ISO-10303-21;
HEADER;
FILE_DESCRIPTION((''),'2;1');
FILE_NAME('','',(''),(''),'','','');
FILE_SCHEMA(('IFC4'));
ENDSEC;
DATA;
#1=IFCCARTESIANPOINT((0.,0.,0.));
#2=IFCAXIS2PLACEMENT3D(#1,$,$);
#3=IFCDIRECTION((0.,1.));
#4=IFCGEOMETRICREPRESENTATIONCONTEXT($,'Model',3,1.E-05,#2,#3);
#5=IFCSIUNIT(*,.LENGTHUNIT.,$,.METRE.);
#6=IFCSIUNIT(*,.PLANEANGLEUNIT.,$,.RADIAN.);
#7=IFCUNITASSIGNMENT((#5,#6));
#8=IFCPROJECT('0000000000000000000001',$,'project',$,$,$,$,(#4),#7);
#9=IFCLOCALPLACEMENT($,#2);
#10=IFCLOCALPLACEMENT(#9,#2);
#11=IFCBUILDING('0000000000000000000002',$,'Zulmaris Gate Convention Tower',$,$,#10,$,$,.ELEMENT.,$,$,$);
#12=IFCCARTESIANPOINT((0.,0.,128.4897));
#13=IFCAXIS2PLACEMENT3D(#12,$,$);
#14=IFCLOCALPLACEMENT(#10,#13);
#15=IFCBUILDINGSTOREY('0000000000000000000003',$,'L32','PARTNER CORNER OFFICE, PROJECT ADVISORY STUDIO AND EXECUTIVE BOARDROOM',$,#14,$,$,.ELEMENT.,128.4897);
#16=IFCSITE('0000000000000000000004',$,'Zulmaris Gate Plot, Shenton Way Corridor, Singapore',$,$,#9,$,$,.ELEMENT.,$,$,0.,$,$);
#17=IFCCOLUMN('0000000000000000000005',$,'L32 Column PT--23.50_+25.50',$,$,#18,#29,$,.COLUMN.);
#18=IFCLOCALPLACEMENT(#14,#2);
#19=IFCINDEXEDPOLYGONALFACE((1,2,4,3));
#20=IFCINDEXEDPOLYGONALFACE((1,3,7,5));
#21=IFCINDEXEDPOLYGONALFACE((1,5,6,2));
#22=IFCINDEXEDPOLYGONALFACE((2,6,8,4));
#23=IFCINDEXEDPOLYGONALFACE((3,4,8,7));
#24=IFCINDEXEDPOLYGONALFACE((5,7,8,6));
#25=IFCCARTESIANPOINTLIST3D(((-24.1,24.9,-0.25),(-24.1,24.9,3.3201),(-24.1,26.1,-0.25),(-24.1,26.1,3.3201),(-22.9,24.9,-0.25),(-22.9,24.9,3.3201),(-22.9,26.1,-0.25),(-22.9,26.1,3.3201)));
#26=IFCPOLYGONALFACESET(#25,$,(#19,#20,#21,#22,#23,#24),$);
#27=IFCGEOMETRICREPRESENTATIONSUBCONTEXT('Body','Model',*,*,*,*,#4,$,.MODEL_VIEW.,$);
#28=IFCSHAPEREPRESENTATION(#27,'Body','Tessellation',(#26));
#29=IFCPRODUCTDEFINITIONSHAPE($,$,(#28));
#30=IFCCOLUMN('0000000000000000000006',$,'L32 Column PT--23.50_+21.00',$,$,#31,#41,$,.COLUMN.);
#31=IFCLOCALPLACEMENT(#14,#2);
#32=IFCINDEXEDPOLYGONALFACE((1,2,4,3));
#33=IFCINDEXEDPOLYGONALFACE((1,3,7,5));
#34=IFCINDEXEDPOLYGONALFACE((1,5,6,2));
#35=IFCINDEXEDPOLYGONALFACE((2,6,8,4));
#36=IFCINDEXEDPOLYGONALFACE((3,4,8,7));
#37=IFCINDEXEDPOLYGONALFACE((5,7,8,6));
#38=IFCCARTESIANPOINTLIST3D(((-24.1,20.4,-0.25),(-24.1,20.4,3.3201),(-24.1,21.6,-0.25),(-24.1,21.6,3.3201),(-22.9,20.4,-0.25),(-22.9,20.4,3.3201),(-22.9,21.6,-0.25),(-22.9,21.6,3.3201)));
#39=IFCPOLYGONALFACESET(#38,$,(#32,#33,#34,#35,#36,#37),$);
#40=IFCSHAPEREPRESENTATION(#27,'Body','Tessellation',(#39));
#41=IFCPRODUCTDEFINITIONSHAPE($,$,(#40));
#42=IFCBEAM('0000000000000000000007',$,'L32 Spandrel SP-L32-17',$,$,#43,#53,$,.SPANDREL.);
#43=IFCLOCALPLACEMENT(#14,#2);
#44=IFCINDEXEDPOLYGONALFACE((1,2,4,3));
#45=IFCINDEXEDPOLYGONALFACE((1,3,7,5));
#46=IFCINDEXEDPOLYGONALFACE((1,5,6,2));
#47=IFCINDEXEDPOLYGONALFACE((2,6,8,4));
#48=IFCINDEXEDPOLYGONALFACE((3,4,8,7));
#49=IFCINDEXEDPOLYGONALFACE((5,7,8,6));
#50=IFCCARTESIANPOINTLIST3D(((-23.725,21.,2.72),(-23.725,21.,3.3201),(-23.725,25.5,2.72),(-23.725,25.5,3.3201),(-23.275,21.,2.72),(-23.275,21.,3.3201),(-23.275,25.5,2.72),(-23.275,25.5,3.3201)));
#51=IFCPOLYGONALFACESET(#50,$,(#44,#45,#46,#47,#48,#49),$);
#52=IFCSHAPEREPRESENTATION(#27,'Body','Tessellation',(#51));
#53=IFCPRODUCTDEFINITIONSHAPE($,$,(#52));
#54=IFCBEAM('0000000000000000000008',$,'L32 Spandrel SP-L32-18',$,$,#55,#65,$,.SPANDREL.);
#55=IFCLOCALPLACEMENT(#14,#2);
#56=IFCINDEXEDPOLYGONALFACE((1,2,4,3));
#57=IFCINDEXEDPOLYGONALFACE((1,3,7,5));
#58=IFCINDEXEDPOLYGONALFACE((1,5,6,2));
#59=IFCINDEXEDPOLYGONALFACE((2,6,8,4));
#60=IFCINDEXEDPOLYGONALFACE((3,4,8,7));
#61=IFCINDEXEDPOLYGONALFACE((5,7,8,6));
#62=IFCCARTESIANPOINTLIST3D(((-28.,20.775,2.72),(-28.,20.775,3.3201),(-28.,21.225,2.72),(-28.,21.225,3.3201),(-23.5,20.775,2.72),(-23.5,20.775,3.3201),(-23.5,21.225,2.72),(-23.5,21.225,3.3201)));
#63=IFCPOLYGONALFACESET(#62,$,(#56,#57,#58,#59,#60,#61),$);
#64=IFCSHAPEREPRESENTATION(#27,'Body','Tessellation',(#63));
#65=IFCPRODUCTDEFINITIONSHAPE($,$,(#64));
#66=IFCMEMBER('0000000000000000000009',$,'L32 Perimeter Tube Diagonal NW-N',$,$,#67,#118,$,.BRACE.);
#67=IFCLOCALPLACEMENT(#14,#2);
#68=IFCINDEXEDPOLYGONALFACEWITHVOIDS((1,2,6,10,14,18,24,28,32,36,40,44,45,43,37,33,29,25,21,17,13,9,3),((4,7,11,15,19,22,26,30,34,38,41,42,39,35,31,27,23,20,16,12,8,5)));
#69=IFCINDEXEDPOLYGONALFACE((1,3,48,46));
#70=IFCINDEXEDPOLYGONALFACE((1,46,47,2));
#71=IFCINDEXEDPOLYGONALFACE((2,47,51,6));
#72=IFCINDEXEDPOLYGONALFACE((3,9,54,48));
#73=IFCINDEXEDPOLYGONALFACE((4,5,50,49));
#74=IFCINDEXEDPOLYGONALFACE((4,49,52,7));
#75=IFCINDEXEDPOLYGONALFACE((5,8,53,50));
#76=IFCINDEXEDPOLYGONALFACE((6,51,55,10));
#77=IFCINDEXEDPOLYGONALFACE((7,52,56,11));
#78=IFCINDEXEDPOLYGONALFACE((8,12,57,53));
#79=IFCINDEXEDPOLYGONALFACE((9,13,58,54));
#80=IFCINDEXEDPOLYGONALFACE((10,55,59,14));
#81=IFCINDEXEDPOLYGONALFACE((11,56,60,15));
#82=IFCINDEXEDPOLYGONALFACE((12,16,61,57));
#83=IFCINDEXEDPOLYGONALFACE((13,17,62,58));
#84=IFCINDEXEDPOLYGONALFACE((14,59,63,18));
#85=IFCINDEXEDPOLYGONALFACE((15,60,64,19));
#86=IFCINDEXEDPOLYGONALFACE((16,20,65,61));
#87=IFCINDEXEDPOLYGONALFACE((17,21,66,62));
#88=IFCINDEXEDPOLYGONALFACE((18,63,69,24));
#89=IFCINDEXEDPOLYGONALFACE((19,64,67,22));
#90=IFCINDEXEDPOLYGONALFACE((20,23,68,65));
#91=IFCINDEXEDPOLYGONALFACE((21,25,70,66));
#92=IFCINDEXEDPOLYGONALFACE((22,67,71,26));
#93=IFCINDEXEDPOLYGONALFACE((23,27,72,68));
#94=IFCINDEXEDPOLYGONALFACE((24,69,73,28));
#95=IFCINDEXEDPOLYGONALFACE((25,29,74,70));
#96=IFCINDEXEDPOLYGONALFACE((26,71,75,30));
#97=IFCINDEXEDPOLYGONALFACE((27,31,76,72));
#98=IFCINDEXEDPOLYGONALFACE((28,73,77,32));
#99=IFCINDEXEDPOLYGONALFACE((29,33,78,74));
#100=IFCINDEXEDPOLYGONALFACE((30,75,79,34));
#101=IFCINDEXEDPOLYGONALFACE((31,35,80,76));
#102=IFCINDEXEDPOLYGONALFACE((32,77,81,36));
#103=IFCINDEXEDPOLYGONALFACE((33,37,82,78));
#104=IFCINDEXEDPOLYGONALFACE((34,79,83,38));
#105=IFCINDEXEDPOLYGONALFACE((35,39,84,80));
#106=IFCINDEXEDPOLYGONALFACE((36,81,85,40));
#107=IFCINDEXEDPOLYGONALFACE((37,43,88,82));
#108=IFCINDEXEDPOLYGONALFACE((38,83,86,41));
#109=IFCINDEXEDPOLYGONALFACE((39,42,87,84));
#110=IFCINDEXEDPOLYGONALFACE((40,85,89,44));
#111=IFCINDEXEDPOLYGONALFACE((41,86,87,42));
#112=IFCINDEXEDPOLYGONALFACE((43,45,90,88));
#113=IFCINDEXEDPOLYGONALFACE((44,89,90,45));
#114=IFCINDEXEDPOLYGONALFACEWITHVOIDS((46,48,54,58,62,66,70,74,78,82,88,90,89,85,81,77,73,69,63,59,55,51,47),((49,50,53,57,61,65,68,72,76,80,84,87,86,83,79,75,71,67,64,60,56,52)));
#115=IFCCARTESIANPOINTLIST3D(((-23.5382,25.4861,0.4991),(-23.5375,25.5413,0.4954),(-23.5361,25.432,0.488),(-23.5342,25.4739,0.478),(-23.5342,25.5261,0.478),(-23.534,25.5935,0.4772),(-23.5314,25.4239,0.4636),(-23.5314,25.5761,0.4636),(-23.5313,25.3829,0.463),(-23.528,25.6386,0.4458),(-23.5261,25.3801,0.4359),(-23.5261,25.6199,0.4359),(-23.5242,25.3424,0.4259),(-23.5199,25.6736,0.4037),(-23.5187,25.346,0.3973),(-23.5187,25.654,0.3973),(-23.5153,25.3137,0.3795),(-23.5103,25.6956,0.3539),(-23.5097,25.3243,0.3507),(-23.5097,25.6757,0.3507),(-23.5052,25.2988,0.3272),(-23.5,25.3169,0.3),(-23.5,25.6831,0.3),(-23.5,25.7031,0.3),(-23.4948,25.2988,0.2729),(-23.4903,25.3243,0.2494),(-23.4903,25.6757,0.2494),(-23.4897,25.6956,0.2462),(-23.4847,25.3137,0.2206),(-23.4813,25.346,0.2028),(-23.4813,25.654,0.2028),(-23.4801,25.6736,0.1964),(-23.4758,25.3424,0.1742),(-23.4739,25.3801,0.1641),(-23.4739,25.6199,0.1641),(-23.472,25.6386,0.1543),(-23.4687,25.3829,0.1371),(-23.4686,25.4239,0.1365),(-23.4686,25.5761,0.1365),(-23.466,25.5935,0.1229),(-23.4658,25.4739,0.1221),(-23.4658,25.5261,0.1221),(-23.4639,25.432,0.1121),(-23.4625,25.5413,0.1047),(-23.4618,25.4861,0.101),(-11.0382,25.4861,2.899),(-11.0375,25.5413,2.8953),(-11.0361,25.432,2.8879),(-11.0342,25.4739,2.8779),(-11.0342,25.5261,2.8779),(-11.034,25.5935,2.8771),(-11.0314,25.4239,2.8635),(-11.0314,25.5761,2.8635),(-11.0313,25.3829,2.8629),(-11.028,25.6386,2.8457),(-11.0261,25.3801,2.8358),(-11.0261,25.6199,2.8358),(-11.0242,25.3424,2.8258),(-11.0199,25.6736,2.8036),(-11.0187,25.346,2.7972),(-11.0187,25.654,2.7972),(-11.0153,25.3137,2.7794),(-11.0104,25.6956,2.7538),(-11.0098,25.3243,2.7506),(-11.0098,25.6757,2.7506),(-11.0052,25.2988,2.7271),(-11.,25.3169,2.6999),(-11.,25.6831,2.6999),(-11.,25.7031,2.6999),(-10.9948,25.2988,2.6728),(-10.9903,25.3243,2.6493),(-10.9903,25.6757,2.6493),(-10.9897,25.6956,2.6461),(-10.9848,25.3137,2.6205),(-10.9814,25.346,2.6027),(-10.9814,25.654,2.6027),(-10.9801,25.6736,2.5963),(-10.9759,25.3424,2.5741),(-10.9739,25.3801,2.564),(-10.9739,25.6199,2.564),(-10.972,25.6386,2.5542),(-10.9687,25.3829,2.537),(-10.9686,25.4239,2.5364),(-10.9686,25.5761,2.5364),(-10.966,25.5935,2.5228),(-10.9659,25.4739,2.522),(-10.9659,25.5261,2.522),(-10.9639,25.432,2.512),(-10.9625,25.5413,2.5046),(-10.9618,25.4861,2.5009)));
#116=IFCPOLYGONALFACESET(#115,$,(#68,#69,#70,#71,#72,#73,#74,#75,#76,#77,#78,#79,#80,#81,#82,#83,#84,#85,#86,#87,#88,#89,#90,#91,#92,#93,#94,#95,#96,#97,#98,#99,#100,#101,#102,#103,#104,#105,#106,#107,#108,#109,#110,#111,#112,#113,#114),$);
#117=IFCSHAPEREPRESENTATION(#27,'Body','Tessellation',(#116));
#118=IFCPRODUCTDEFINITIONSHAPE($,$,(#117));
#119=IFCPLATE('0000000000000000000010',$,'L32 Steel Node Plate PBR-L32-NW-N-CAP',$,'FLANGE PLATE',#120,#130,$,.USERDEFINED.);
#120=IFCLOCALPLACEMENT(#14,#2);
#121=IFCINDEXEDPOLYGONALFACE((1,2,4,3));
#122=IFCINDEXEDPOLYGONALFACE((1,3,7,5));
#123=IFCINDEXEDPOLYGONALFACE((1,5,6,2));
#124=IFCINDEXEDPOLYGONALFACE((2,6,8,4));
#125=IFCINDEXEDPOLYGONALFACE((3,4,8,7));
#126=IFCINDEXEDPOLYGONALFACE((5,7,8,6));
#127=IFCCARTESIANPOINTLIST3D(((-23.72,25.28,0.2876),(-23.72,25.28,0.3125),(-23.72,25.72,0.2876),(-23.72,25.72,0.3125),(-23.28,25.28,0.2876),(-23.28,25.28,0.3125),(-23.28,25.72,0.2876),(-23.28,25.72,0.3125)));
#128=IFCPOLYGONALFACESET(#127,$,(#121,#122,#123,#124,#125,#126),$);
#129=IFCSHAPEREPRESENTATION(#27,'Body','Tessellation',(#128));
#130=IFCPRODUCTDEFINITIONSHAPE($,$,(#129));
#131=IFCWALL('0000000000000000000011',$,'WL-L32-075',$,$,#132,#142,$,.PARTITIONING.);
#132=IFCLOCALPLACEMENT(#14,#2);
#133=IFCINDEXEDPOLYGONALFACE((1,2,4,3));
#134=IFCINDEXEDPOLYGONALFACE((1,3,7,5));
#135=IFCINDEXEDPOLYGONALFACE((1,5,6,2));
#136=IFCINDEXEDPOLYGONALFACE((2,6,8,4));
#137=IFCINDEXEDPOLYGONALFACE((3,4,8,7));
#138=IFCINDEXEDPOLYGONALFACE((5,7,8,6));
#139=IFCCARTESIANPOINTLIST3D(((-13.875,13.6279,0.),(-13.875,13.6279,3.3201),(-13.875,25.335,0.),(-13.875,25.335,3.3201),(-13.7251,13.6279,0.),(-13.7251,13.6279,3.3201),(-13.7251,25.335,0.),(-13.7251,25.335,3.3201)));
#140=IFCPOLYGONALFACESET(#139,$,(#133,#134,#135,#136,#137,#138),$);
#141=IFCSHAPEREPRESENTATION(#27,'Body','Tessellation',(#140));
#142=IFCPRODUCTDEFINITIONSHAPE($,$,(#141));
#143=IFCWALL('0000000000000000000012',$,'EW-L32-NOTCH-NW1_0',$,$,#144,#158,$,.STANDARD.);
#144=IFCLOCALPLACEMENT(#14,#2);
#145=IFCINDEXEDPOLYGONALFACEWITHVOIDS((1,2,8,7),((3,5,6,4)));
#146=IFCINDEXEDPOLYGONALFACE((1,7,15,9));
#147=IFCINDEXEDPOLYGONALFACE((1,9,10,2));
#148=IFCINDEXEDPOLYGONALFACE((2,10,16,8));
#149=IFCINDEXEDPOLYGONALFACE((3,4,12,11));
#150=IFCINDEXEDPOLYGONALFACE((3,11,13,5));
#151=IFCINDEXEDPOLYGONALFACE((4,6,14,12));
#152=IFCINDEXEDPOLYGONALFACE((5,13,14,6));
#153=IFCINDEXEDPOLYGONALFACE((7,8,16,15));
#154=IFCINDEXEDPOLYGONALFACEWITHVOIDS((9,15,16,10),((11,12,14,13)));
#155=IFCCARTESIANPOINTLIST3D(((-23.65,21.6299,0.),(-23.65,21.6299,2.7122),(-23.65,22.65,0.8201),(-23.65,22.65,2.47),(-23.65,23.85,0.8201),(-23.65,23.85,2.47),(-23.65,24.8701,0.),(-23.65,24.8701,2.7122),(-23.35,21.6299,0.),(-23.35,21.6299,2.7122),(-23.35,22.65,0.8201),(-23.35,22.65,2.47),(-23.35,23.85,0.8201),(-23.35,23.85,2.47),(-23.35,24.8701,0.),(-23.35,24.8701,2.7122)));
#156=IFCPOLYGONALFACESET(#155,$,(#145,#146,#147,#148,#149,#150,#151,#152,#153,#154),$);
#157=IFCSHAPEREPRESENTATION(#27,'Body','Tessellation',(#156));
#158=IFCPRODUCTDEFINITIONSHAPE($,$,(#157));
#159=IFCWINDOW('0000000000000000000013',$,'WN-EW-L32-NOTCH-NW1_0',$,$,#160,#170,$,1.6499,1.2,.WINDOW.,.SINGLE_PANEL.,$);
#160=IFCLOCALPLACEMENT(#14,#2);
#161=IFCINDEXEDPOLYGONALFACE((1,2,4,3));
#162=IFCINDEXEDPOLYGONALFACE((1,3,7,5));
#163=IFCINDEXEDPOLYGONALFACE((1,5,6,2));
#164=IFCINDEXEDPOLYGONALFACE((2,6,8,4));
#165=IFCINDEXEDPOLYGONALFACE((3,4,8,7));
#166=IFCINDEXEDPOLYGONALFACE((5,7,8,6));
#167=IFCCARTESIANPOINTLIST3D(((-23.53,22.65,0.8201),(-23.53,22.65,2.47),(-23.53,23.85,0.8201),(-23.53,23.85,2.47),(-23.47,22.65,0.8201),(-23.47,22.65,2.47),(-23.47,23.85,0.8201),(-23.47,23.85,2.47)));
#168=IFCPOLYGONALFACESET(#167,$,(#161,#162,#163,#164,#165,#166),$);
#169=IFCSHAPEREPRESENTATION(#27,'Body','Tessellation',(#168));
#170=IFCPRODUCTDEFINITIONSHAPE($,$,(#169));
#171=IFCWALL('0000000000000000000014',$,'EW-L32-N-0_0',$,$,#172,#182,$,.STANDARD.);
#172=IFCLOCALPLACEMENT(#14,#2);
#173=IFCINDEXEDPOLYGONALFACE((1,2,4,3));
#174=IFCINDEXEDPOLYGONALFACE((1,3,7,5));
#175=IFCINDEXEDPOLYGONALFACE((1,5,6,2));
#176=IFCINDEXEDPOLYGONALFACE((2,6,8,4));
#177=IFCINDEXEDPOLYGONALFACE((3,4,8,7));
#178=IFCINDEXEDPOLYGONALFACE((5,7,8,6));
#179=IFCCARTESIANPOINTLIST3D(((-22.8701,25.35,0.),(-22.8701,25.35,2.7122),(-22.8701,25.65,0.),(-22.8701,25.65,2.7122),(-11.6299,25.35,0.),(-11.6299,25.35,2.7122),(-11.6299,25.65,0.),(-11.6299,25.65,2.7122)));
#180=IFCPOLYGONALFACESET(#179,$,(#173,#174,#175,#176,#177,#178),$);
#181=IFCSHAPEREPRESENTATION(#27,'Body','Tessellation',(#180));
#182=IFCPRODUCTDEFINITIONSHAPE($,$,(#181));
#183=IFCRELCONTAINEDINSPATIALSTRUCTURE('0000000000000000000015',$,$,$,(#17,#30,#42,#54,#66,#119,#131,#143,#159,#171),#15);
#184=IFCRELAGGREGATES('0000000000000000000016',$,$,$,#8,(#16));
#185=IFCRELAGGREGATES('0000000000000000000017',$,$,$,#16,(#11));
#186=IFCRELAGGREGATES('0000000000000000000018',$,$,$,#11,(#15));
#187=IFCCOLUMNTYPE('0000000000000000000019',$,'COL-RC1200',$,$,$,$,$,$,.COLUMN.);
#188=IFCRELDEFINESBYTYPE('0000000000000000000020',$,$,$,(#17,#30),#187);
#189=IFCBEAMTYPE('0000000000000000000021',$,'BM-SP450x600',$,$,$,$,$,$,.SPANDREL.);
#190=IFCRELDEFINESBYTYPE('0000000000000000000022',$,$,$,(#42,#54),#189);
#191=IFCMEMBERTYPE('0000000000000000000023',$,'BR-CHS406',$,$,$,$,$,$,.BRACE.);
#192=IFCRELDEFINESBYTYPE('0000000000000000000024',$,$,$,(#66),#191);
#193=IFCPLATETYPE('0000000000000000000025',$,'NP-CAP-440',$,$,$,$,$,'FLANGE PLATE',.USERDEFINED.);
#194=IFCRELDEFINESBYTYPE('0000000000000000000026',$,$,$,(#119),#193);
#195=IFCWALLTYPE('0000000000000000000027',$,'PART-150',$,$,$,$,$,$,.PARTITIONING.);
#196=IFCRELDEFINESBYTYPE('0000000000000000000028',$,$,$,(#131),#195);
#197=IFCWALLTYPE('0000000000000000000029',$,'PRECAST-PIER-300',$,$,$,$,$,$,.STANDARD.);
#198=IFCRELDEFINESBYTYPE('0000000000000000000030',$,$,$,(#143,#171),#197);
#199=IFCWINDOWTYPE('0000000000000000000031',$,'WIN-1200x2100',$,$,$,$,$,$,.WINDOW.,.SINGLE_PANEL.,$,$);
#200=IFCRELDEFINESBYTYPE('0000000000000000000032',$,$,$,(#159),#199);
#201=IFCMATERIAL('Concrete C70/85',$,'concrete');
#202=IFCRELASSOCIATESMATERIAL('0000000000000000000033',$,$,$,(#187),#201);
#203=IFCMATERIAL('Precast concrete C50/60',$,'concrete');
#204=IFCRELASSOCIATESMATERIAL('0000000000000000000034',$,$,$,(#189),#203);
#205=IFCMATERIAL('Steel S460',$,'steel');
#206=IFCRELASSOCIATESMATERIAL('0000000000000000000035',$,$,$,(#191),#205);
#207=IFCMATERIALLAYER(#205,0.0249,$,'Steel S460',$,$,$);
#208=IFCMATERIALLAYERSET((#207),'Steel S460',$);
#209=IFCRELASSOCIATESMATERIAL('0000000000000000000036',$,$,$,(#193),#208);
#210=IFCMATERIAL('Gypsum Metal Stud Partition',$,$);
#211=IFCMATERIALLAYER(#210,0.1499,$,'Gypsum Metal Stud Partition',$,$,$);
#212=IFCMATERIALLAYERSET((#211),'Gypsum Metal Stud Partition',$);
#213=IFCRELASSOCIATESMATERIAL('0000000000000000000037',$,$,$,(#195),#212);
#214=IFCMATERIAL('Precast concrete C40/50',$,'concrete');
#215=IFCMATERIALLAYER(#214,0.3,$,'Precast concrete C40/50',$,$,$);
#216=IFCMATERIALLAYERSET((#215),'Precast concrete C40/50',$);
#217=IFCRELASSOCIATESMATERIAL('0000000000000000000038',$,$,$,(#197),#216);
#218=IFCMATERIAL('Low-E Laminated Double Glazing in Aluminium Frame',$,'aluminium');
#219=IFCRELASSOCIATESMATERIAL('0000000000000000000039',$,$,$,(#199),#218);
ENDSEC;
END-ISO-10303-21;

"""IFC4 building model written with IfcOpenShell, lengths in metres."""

from ifc_helpers import new_model, si_unit, direction, frame, frame_2d, origin, origin_2d, place, context, subcontext, project, spatial, rectangle, hollow_circle, extrude, material, layer, layer_set, material_profile, profile_set, type_object, element, fill, save


model = new_model("IFC4")

# Units and contexts
model_context = context("Model", 3, precision=1e-05, world=origin(), true_north=direction((0.0, 1.0)))
body_context = subcontext(model_context, "Body", "Model", "MODEL_VIEW")
ifc_project = project(units=[si_unit("LENGTHUNIT", "METRE"), si_unit("PLANEANGLEUNIT", "RADIAN")], contexts=[model_context])

# Site, building, storey
site_placement = place(None, origin())
site = spatial("IfcSite", under=ifc_project, at=site_placement, Name="Zulmaris Gate Plot, Shenton Way Corridor, Singapore", CompositionType="ELEMENT", RefElevation=0.0)
building_placement = place(site_placement, origin())
building = spatial("IfcBuilding", under=site, at=building_placement, Name="Zulmaris Gate Convention Tower", CompositionType="ELEMENT")
storey_placement = place(building_placement, frame((0.0, 0.0, 128.4897)))
storey = spatial("IfcBuildingStorey", under=building, at=storey_placement, Name="L32", Description="PARTNER CORNER OFFICE, PROJECT ADVISORY STUDIO AND EXECUTIVE BOARDROOM", CompositionType="ELEMENT", Elevation=128.4897)

# Columns
ifc_material_1 = material(Name="Concrete C70/85", Category="concrete")
ifc_material_profile_1 = material_profile(ifc_material_1, rectangle(XDim=1.2, YDim=1.2, at=origin_2d()), Name="RC COL 1200x1200")
ifc_profile_set_1 = profile_set([ifc_material_profile_1], Name="Concrete C70/85")
column_type = type_object("IfcColumnType", Name="COL-RC1200", PredefinedType="COLUMN", material=ifc_profile_set_1)
for number, where, z_axis, x_axis, name in (
    (1, (-23.5, 25.5, -0.25), (0.0, 0.0, 1.0), (1.0, 0.0, 0.0), "L32 Column PT--23.50_+25.50"),
    (2, (-23.5, 21.0, -0.25), (0.0, 0.0, 1.0), (1.0, 0.0, 0.0), "L32 Column PT--23.50_+21.00"),
):
    element("IfcColumn", number, at=place(storey_placement, frame(where, z_axis=z_axis, x_axis=x_axis)), inside=storey, type_object=column_type, Name=name, PredefinedType="COLUMN", context=body_context, shape_type="SweptSolid", body=[
        extrude(rectangle(XDim=1.2, YDim=1.2, at=origin_2d()), origin(), (0.0, 0.0, 1.0), 3.5701),
    ])

# Beams
ifc_material_2 = material(Name="Precast concrete C50/60", Category="concrete")
ifc_material_profile_2 = material_profile(ifc_material_2, rectangle(XDim=0.45, YDim=0.6001, at=origin_2d()), Name="RC SPANDREL 450x600")
ifc_profile_set_2 = profile_set([ifc_material_profile_2], Name="Precast concrete C50/60")
beam_type = type_object("IfcBeamType", Name="BM-SP450x600", PredefinedType="SPANDREL", material=ifc_profile_set_2)
for number, where, z_axis, x_axis, name in (
    (3, (-23.5, 25.5, 3.02), (0.0, -1.0, 0.0), (1.0, 0.0, 0.0), "L32 Spandrel SP-L32-17"),
    (4, (-23.5, 21.0, 3.02), (-1.0, 0.0, 0.0), (0.0, -1.0, 0.0), "L32 Spandrel SP-L32-18"),
):
    element("IfcBeam", number, at=place(storey_placement, frame(where, z_axis=z_axis, x_axis=x_axis)), inside=storey, type_object=beam_type, Name=name, PredefinedType="SPANDREL", context=body_context, shape_type="SweptSolid", body=[
        extrude(rectangle(XDim=0.45, YDim=0.6001, at=origin_2d()), origin(), (0.0, 0.0, 1.0), 4.5),
    ])

# Member
ifc_material_3 = material(Name="Steel S460", Category="steel")
ifc_material_profile_3 = material_profile(ifc_material_3, hollow_circle(Radius=0.2031, WallThickness=0.02, at=origin_2d()), Name="CHS 406.4x20")
ifc_profile_set_3 = profile_set([ifc_material_profile_3], Name="Steel S460")
member_type = type_object("IfcMemberType", Name="BR-CHS406", PredefinedType="BRACE", material=ifc_profile_set_3)
member_placement = place(storey_placement, frame((-23.5, 25.5, 0.3), z_axis=(0.982064, 0.0, 0.188549), x_axis=(0.0, 1.0, 0.0)))
element("IfcMember", 5, at=member_placement, inside=storey, type_object=member_type, Name="L32 Perimeter Tube Diagonal NW-N", PredefinedType="BRACE", context=body_context, shape_type="SweptSolid", body=[
    extrude(hollow_circle(Radius=0.2031, WallThickness=0.02, at=origin_2d()), origin(), (0.0, 0.0, 1.0), 12.7283),
])

# Plate
ifc_layer_1 = layer(ifc_material_3, 0.0249, Name="Steel S460")
ifc_layer_set_1 = layer_set([ifc_layer_1], Name="Steel S460")
plate_type = type_object("IfcPlateType", Name="NP-CAP-440", ElementType="FLANGE PLATE", PredefinedType="USERDEFINED", material=ifc_layer_set_1)
plate_placement = place(storey_placement, frame((-23.5, 25.5, 0.2876), z_axis=(0.0, 0.0, 1.0), x_axis=(1.0, 0.0, 0.0)))
element("IfcPlate", 6, at=plate_placement, inside=storey, type_object=plate_type, Name="L32 Steel Node Plate PBR-L32-NW-N-CAP", ObjectType="FLANGE PLATE", PredefinedType="USERDEFINED", context=body_context, shape_type="SweptSolid", body=[
    extrude(rectangle(XDim=0.4399, YDim=0.4399, at=origin_2d()), origin(), (0.0, 0.0, 1.0), 0.0249),
])

# Shared definitions
ifc_material_4 = material(Name="Gypsum Metal Stud Partition")
ifc_layer_2 = layer(ifc_material_4, 0.1499, Name="Gypsum Metal Stud Partition")
ifc_layer_set_2 = layer_set([ifc_layer_2], Name="Gypsum Metal Stud Partition")
wall_type_1 = type_object("IfcWallType", Name="PART-150", PredefinedType="PARTITIONING", material=ifc_layer_set_2)

# Wall
wall_1_placement = place(storey_placement, frame((-13.8, 13.6279, 0.0), z_axis=(0.0, 0.0, 1.0), x_axis=(0.0, 1.0, 0.0)))
element("IfcWall", 7, at=wall_1_placement, inside=storey, type_object=wall_type_1, Name="WL-L32-075", PredefinedType="PARTITIONING", context=body_context, shape_type="SweptSolid", body=[
    extrude(rectangle(XDim=11.707, YDim=0.1499, at=frame_2d((5.8535, 0.0))), origin(), (0.0, 0.0, 1.0), 3.3201),
])

# Wall, opening, window
ifc_material_5 = material(Name="Precast concrete C40/50", Category="concrete")
ifc_layer_3 = layer(ifc_material_5, 0.3, Name="Precast concrete C40/50")
ifc_layer_set_3 = layer_set([ifc_layer_3], Name="Precast concrete C40/50")
wall_type_2 = type_object("IfcWallType", Name="PRECAST-PIER-300", PredefinedType="STANDARD", material=ifc_layer_set_3)
wall_2_placement = place(storey_placement, frame((-23.5, 24.8701, 0.0), z_axis=(0.0, 0.0, 1.0), x_axis=(0.0, -1.0, 0.0)))
wall_2 = element("IfcWall", 8, at=wall_2_placement, inside=storey, type_object=wall_type_2, Name="EW-L32-NOTCH-NW1_0", PredefinedType="STANDARD", context=body_context, shape_type="SweptSolid", body=[
    extrude(rectangle(XDim=3.2402, YDim=0.3, at=frame_2d((1.6201, 0.0))), origin(), (0.0, 0.0, 1.0), 2.7122),
])
opening_1_placement = place(wall_2_placement, frame((1.02, 0.0, 0.8201)))
opening_1 = element("IfcOpeningElement", 9, at=opening_1_placement, cuts=wall_2, PredefinedType="OPENING", context=body_context, shape_type="SweptSolid", body=[
    extrude(rectangle(XDim=1.2, YDim=1.6499, at=frame_2d((0.6001, 0.825))), frame((0.0, 0.1602, 0.0), z_axis=(0.0, -1.0, 0.0), x_axis=(1.0, 0.0, 0.0)), (0.0, 0.0, 1.0), 0.3201),
])
ifc_material_6 = material(Name="Low-E Laminated Double Glazing in Aluminium Frame", Category="aluminium")
window_type = type_object("IfcWindowType", Name="WIN-1200x2100", PartitioningType="SINGLE_PANEL", PredefinedType="WINDOW", material=ifc_material_6)
window_placement = place(opening_1_placement, origin())
window = element("IfcWindow", 10, at=window_placement, inside=storey, type_object=window_type, Name="WN-EW-L32-NOTCH-NW1_0", OverallHeight=1.6499, OverallWidth=1.2, PartitioningType="SINGLE_PANEL", PredefinedType="WINDOW", context=body_context, shape_type="SweptSolid", body=[
    extrude(rectangle(XDim=1.2, YDim=1.6499, at=frame_2d((0.6001, 0.825))), frame((0.0, 0.03, 0.0), z_axis=(0.0, -1.0, 0.0), x_axis=(1.0, 0.0, 0.0)), (0.0, 0.0, 1.0), 0.0601),
])
fill(opening_1, window)

# Wall
wall_3_placement = place(storey_placement, frame((-11.6299, 25.5, 0.0), z_axis=(0.0, 0.0, 1.0), x_axis=(-1.0, 0.0, 0.0)))
element("IfcWall", 11, at=wall_3_placement, inside=storey, type_object=wall_type_2, Name="EW-L32-N-0_0", PredefinedType="STANDARD", context=body_context, shape_type="SweptSolid", body=[
    extrude(rectangle(XDim=11.2402, YDim=0.3, at=frame_2d((5.6201, 0.0))), origin(), (0.0, 0.0, 1.0), 2.7122),
])

save(model, "model.ifc")
